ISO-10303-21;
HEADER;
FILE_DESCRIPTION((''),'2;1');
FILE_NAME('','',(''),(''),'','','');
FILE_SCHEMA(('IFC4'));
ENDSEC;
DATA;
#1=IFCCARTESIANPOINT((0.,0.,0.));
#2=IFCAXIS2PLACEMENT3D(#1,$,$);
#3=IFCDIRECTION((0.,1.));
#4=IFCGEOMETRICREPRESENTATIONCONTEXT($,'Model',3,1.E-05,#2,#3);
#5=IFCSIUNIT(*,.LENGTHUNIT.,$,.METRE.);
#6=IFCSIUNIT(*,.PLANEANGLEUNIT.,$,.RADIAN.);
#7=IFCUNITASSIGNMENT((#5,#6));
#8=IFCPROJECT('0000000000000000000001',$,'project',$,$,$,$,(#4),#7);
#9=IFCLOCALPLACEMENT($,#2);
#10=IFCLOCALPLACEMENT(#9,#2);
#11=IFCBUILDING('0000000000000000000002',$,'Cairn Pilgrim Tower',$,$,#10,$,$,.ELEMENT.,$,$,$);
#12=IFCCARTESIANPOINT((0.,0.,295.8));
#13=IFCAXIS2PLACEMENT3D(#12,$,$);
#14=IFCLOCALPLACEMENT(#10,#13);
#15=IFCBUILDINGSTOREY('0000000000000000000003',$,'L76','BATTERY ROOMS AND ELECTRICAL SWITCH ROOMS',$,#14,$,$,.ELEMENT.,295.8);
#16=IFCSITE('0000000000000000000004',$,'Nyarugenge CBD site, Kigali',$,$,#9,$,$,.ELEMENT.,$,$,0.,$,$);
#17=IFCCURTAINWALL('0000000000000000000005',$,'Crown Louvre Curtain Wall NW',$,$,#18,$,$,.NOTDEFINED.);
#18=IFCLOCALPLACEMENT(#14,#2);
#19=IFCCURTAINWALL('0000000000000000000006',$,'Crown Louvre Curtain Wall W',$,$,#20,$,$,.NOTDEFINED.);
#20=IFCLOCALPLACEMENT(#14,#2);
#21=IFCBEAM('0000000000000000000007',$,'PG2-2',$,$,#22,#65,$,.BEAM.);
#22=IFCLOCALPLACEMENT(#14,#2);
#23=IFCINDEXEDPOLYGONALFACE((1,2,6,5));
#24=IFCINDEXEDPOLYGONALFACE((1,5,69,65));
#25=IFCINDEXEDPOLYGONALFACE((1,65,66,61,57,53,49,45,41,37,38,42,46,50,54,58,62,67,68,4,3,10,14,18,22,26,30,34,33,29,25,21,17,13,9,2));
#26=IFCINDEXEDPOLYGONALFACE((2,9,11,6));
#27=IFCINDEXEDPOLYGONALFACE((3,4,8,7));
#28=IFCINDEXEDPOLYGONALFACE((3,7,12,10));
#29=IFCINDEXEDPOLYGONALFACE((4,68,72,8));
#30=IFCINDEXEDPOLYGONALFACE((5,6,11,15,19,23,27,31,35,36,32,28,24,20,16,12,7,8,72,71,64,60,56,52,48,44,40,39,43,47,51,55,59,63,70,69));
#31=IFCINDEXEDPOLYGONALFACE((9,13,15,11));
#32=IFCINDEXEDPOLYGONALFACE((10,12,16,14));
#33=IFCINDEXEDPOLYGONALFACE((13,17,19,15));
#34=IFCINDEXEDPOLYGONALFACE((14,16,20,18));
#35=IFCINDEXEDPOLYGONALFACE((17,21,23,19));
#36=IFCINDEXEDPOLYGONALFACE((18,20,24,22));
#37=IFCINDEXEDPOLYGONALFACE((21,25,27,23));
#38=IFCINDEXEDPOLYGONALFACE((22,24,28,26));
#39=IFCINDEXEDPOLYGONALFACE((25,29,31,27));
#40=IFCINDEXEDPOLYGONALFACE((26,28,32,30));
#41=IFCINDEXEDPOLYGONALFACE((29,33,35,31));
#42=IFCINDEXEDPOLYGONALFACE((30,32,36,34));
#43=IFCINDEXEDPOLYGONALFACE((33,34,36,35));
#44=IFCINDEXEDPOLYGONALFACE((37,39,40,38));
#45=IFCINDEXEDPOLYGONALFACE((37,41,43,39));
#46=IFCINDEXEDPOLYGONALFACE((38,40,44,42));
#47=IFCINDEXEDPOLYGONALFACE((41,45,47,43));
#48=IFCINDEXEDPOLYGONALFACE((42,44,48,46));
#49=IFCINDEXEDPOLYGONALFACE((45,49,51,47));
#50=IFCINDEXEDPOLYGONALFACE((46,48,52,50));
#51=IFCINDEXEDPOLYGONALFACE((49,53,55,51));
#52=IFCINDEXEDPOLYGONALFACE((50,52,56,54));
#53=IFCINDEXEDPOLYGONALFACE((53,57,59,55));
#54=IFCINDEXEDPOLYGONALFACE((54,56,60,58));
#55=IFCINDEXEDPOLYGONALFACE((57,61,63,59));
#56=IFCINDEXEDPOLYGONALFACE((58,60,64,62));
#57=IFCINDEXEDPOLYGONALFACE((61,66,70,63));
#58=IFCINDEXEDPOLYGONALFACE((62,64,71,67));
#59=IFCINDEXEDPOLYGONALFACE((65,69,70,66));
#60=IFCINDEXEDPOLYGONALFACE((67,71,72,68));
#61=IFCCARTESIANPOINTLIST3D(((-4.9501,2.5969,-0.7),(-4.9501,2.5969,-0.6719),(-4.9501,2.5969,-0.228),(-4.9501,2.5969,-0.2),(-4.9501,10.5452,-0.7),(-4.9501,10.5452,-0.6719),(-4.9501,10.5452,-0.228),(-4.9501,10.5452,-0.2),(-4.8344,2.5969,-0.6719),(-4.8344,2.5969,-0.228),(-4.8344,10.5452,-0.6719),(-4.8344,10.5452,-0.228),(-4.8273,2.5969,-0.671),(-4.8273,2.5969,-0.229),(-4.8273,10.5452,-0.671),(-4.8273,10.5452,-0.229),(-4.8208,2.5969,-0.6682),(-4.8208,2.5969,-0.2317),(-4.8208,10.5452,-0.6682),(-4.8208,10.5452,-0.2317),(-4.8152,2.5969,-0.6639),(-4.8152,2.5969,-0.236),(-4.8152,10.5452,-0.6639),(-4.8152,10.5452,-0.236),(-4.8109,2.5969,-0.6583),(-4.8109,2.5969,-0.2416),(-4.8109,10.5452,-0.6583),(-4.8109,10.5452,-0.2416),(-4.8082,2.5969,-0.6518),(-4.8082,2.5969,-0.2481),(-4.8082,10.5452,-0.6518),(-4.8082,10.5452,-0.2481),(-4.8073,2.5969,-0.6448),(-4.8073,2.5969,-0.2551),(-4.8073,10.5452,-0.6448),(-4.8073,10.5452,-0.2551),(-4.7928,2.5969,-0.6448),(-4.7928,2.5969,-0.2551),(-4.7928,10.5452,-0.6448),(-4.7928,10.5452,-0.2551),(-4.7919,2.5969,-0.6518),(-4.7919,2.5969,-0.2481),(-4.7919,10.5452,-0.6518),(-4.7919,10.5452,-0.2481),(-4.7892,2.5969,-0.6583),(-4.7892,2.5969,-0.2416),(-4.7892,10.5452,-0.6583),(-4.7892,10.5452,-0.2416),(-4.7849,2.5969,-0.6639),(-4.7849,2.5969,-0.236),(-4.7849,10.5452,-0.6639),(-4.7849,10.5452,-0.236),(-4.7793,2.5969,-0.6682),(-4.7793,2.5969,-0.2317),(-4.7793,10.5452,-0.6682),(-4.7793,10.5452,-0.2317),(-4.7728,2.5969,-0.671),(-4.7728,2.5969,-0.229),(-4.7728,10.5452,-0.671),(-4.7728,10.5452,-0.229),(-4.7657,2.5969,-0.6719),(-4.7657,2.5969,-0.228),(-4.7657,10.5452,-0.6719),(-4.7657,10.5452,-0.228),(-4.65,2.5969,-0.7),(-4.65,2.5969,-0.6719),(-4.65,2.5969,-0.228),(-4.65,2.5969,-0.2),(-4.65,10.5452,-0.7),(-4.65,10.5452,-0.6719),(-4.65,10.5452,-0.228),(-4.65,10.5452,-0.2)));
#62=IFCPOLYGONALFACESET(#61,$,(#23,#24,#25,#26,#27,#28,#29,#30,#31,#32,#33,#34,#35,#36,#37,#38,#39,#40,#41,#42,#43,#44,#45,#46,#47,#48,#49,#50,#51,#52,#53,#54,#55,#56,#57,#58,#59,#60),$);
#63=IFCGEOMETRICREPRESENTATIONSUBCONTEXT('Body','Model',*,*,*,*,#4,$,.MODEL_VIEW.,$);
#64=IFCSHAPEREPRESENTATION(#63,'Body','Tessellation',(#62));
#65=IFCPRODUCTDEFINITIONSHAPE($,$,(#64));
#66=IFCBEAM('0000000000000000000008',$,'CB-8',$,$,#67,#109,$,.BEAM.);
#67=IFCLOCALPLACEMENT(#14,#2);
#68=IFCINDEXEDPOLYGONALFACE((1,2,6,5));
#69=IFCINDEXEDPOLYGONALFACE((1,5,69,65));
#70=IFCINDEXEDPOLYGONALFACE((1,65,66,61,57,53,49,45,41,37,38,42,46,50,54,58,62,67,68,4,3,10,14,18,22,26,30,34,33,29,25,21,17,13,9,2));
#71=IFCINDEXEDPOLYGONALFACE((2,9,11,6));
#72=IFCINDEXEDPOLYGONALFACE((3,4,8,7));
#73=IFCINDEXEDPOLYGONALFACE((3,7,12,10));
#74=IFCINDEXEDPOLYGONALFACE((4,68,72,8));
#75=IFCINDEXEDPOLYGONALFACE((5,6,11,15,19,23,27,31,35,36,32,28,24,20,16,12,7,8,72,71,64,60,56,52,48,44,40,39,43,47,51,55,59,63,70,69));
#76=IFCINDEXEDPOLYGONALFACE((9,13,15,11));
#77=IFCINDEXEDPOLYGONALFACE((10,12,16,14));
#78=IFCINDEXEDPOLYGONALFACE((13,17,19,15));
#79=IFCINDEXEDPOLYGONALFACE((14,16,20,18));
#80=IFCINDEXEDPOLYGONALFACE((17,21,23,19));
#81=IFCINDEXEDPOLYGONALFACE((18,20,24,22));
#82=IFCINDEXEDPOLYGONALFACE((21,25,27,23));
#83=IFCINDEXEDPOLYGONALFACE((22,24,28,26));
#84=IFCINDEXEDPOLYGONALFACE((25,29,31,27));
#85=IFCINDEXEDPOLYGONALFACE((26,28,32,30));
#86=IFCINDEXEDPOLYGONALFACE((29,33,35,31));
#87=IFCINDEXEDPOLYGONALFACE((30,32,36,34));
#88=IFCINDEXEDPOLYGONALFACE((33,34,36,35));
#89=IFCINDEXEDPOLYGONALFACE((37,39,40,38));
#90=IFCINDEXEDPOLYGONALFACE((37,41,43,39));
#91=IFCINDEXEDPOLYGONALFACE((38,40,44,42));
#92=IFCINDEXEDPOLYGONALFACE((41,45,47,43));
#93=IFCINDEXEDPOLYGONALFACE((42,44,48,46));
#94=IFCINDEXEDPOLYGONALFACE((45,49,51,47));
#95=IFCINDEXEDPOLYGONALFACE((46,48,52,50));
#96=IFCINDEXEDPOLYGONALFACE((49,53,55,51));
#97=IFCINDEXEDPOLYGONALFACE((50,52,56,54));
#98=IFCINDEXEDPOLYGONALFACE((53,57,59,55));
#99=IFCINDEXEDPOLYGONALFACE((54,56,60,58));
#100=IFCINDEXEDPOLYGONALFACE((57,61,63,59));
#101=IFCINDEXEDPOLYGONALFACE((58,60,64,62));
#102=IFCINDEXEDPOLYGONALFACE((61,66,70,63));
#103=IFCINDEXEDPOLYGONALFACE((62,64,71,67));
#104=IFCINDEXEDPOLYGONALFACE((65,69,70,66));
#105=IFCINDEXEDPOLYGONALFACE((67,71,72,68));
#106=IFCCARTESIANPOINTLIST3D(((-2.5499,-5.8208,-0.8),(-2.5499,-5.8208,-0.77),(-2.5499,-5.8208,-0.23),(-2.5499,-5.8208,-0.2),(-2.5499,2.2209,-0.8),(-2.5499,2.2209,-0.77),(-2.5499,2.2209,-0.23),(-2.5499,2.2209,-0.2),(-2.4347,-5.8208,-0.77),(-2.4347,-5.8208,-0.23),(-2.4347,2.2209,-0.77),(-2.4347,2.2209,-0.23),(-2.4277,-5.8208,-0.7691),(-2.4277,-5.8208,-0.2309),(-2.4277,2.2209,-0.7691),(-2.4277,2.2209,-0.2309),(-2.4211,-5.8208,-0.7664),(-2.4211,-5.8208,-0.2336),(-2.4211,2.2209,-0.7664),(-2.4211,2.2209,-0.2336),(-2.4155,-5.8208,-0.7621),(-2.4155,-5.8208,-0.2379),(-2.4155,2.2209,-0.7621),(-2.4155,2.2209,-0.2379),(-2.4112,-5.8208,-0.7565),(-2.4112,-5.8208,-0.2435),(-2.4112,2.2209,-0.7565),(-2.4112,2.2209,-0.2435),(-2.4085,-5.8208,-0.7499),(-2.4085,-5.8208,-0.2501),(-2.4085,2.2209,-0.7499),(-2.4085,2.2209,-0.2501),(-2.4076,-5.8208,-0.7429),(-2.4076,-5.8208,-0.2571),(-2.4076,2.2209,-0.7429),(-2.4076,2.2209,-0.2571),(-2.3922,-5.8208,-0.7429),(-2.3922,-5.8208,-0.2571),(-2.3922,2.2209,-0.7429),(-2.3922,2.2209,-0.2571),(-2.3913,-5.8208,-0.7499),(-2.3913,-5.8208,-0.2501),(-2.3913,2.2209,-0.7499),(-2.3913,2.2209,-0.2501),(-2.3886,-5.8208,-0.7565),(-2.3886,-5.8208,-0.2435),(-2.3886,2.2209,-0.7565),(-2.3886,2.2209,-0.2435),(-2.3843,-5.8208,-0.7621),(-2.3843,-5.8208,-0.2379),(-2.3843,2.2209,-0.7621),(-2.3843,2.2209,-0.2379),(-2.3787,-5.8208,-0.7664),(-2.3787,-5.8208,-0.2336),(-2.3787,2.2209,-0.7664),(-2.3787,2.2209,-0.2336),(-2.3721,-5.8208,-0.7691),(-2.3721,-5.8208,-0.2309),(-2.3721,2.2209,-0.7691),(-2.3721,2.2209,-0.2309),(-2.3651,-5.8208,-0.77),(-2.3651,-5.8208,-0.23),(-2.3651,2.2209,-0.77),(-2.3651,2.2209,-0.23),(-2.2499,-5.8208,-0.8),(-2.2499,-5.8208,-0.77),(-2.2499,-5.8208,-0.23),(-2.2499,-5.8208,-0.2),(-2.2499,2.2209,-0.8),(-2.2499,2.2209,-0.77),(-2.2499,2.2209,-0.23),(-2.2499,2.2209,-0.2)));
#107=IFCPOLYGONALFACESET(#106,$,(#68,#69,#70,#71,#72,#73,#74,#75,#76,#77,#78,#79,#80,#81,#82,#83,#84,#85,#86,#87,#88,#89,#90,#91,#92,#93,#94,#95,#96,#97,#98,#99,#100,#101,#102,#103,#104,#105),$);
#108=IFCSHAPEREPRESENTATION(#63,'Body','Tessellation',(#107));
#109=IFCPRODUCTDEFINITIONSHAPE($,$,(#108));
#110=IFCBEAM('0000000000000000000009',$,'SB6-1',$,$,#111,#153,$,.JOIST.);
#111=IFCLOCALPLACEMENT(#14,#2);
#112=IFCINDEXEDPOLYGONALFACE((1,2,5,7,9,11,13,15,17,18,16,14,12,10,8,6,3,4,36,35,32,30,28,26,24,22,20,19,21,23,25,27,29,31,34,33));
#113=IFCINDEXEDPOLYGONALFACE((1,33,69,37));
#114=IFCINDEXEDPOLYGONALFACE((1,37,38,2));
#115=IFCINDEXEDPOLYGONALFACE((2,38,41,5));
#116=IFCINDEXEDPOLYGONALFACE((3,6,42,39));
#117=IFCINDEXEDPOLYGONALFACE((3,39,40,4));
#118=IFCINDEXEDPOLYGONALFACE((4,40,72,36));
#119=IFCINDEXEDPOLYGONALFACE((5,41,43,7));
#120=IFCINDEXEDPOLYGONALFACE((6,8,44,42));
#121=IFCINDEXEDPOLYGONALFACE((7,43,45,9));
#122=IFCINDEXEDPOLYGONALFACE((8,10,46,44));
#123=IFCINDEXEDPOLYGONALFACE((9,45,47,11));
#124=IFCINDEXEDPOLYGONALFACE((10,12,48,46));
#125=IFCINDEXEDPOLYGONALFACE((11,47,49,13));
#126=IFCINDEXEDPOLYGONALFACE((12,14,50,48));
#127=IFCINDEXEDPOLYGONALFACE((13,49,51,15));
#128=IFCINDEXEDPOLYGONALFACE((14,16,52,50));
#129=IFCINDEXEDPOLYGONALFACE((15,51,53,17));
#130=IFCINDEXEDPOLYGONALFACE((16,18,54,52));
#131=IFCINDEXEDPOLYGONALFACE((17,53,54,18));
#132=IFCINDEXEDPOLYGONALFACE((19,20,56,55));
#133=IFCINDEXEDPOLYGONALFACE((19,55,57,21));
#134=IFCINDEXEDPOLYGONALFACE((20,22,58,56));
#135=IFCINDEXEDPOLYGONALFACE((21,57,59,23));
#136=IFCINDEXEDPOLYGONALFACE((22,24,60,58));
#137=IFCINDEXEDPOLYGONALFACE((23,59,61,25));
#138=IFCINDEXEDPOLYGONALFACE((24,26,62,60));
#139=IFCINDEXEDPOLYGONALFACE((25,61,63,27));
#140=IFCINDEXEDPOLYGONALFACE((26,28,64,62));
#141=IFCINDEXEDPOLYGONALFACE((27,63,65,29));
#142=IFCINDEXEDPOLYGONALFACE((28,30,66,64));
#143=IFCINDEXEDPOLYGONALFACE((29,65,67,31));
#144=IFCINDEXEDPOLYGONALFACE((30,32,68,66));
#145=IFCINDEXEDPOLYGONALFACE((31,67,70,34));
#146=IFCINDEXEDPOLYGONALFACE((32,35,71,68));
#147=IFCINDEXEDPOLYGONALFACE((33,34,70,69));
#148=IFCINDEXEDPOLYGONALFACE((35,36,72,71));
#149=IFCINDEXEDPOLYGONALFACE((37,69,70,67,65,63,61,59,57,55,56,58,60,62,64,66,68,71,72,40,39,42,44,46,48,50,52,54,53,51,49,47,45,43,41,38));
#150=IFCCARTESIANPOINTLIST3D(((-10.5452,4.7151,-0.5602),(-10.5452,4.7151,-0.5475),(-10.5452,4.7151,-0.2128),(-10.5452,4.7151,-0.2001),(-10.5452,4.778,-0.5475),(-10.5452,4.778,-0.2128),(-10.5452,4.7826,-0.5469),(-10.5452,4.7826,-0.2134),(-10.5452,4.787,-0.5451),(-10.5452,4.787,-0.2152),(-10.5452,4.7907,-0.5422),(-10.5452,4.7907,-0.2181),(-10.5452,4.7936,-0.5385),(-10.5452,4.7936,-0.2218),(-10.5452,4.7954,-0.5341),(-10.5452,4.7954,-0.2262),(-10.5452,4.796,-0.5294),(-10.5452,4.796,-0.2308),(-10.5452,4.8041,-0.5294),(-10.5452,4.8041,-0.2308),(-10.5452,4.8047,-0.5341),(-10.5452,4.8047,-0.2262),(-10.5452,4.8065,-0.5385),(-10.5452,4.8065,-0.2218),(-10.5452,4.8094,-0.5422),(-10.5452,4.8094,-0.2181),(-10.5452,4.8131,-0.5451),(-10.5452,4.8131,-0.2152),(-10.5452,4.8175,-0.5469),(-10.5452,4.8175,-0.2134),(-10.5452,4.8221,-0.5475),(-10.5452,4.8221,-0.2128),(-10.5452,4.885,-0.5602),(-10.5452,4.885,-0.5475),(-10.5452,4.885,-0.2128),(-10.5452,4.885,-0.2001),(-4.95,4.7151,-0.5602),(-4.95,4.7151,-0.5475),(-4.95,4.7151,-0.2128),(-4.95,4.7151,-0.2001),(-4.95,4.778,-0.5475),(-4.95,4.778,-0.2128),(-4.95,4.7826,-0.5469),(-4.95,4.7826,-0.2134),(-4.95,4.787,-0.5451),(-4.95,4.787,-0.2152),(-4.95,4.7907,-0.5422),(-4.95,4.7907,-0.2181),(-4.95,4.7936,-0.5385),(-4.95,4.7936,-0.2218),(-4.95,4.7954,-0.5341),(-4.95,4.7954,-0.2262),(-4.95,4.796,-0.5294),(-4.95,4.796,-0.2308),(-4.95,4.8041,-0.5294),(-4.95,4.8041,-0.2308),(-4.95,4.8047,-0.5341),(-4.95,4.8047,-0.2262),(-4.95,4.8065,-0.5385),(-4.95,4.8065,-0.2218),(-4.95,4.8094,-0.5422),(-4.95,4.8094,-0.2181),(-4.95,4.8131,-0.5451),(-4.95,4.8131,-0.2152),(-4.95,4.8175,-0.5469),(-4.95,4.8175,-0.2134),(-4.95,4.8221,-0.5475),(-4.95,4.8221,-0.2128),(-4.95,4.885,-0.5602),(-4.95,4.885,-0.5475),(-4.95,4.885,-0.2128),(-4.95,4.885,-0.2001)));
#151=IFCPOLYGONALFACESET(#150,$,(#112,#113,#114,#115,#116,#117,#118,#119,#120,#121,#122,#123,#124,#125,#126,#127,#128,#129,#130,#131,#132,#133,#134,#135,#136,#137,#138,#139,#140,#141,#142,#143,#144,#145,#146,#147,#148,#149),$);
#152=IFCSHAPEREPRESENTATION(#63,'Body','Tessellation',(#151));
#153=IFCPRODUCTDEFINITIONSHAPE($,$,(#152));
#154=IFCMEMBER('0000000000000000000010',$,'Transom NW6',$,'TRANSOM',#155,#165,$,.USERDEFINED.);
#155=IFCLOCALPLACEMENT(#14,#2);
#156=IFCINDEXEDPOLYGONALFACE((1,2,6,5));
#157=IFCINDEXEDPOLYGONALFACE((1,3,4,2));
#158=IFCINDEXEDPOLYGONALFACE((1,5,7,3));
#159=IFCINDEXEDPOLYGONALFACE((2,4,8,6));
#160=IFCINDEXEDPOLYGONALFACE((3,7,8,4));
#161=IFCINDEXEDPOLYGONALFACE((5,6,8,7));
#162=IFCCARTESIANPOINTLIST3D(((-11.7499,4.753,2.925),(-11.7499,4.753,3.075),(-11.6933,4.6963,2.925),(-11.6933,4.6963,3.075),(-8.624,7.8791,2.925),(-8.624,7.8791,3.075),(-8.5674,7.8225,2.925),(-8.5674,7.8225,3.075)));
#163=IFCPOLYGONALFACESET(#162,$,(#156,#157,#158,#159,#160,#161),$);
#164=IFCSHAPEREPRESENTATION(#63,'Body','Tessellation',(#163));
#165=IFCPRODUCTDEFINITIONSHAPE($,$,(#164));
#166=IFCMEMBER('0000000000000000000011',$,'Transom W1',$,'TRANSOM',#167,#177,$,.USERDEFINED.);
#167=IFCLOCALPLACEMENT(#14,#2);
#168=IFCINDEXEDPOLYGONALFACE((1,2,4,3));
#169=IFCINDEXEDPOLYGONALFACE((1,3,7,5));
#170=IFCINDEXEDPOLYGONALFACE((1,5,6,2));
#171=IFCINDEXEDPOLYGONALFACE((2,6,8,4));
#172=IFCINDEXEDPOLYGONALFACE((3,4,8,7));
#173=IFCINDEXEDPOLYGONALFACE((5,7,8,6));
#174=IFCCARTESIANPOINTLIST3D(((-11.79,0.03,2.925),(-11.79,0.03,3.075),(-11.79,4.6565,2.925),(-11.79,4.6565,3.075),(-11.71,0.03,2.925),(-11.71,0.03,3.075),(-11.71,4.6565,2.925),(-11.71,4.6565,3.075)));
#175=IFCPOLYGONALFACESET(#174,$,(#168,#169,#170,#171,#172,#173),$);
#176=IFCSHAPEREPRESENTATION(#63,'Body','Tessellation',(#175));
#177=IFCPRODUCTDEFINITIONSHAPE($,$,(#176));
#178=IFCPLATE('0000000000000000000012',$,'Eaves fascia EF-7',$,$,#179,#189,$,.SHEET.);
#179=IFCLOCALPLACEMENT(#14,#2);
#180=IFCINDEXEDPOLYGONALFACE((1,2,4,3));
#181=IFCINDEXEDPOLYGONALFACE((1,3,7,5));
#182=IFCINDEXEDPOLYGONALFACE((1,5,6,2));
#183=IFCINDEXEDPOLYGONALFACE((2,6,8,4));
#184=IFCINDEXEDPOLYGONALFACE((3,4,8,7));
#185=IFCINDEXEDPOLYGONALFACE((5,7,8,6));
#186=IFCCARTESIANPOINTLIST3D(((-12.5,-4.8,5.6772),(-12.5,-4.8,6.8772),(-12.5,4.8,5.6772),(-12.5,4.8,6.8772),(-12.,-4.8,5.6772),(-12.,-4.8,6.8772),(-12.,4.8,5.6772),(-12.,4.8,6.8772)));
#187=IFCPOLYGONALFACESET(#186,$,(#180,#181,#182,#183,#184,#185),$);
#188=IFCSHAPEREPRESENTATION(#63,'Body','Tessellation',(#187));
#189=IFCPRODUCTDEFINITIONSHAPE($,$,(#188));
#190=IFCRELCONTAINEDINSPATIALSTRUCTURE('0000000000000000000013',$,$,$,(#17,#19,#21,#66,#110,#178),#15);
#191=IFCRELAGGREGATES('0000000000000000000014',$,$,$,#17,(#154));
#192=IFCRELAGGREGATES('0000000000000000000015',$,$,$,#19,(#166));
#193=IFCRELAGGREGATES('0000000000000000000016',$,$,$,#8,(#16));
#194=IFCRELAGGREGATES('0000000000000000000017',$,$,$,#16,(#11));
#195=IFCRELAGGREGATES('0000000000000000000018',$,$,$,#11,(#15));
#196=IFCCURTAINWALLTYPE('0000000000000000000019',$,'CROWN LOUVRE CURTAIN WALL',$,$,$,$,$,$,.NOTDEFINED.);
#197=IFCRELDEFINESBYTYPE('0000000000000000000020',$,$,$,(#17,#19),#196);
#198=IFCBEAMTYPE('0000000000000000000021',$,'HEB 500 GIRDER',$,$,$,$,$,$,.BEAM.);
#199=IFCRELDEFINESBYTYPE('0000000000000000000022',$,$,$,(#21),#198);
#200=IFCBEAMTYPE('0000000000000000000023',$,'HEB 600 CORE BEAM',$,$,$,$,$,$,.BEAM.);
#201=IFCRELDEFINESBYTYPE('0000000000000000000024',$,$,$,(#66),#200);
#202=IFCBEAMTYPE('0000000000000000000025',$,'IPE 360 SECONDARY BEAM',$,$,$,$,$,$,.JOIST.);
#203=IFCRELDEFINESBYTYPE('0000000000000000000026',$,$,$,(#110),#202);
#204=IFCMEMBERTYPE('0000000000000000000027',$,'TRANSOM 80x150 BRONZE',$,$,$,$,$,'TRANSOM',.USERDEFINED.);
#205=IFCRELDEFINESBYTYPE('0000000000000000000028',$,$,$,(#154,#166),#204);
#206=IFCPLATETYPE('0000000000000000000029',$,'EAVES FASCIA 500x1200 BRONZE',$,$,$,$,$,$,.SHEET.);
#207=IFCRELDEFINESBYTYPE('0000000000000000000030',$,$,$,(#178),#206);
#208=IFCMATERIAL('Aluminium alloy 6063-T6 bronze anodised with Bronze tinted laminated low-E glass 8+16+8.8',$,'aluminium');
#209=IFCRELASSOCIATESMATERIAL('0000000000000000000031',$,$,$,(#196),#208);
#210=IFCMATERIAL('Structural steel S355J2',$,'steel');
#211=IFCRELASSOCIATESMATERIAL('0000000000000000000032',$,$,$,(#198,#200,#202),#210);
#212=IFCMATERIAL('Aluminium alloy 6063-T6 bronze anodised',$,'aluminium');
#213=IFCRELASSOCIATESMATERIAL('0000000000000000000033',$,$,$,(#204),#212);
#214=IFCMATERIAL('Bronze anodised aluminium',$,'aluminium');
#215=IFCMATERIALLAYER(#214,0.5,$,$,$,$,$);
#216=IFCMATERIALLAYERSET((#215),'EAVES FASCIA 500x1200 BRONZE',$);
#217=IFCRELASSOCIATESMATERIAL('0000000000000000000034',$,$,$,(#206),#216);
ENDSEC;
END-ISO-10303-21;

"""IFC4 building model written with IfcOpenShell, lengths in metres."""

from ifc_helpers import new_model, si_unit, direction, frame, origin, origin_2d, place, context, subcontext, project, spatial, polyline, rectangle, i_section, outline, extrude, material, layer, layer_set, material_profile, profile_set, type_object, element, aggregate, save


model = new_model("IFC4")

# Units and contexts
model_context = context("Model", 3, precision=1e-05, world=origin(), true_north=direction((0.0, 1.0)))
body_context = subcontext(model_context, "Body", "Model", "MODEL_VIEW")
ifc_project = project(units=[si_unit("LENGTHUNIT", "METRE"), si_unit("PLANEANGLEUNIT", "RADIAN")], contexts=[model_context])

# Site, building, storey
site_placement = place(None, origin())
site = spatial("IfcSite", under=ifc_project, at=site_placement, Name="Nyarugenge CBD site, Kigali", CompositionType="ELEMENT", RefElevation=0.0)
building_placement = place(site_placement, origin())
building = spatial("IfcBuilding", under=site, at=building_placement, Name="Cairn Pilgrim Tower", CompositionType="ELEMENT")
storey_placement = place(building_placement, frame((0.0, 0.0, 295.8)))
storey = spatial("IfcBuildingStorey", under=building, at=storey_placement, Name="L76", Description="BATTERY ROOMS AND ELECTRICAL SWITCH ROOMS", CompositionType="ELEMENT", Elevation=295.8)

# Shared definitions
ifc_material_1 = material(Name="Structural steel S355J2", Category="steel")

# Curtain walls
ifc_material_2 = material(Name="Aluminium alloy 6063-T6 bronze anodised with Bronze tinted laminated low-E glass 8+16+8.8", Category="aluminium")
curtain_wall_type = type_object("IfcCurtainWallType", Name="CROWN LOUVRE CURTAIN WALL", PredefinedType="NOTDEFINED", material=ifc_material_2)
curtain_wall_1_placement = place(storey_placement, origin())
curtain_wall_1 = element("IfcCurtainWall", 1, at=curtain_wall_1_placement, inside=storey, type_object=curtain_wall_type, Name="Crown Louvre Curtain Wall NW", PredefinedType="NOTDEFINED")
ifc_material_3 = material(Name="Aluminium alloy 6063-T6 bronze anodised", Category="aluminium")
curtain_wall_2_placement = place(storey_placement, origin())
curtain_wall_2 = element("IfcCurtainWall", 2, at=curtain_wall_2_placement, inside=storey, type_object=curtain_wall_type, Name="Crown Louvre Curtain Wall W", PredefinedType="NOTDEFINED")

# Beams
ifc_material_profile_1 = material_profile(ifc_material_1, i_section(OverallWidth=0.3, OverallDepth=0.5, WebThickness=0.0144, FlangeThickness=0.0281, FilletRadius=0.0271, at=origin_2d()), Name="HEB 500")
ifc_profile_set_1 = profile_set([ifc_material_profile_1], Name="Structural steel S355J2")
beam_type_1 = type_object("IfcBeamType", Name="HEB 500 GIRDER", PredefinedType="BEAM", material=ifc_profile_set_1)
beam_1_placement = place(storey_placement, frame((-4.8, 2.5969, -0.45), z_axis=(0.0, 1.0, 0.0), x_axis=(-1.0, 0.0, 0.0)))
element("IfcBeam", 3, at=beam_1_placement, inside=storey, type_object=beam_type_1, Name="PG2-2", PredefinedType="BEAM", context=body_context, shape_type="SweptSolid", body=[
    extrude(i_section(OverallWidth=0.3, OverallDepth=0.5, WebThickness=0.0144, FlangeThickness=0.0281, FilletRadius=0.0271, at=origin_2d()), origin(), (0.0, 0.0, 1.0), 7.9482),
])
ifc_material_profile_2 = material_profile(ifc_material_1, i_section(OverallWidth=0.3, OverallDepth=0.6001, WebThickness=0.0154, FlangeThickness=0.03, FilletRadius=0.0271, at=origin_2d()), Name="HEB 600")
ifc_profile_set_2 = profile_set([ifc_material_profile_2], Name="Structural steel S355J2")
beam_type_2 = type_object("IfcBeamType", Name="HEB 600 CORE BEAM", PredefinedType="BEAM", material=ifc_profile_set_2)
beam_2_placement = place(storey_placement, frame((-2.3999, 2.2209, -0.5), z_axis=(0.0, -1.0, 0.0), x_axis=(1.0, 0.0, 0.0)))
element("IfcBeam", 4, at=beam_2_placement, inside=storey, type_object=beam_type_2, Name="CB-8", PredefinedType="BEAM", context=body_context, shape_type="SweptSolid", body=[
    extrude(i_section(OverallWidth=0.3, OverallDepth=0.6001, WebThickness=0.0154, FlangeThickness=0.03, FilletRadius=0.0271, at=origin_2d()), origin(), (0.0, 0.0, 1.0), 8.0417),
])
ifc_material_profile_3 = material_profile(ifc_material_1, i_section(OverallWidth=0.1699, OverallDepth=0.3601, WebThickness=0.0081, FlangeThickness=0.0127, FilletRadius=0.0181, at=origin_2d()), Name="IPE 360")
ifc_profile_set_3 = profile_set([ifc_material_profile_3], Name="Structural steel S355J2")
beam_type_3 = type_object("IfcBeamType", Name="IPE 360 SECONDARY BEAM", PredefinedType="JOIST", material=ifc_profile_set_3)
beam_3_placement = place(storey_placement, frame((-10.5452, 4.8, -0.3801), z_axis=(1.0, 0.0, 0.0), x_axis=(0.0, 1.0, 0.0)))
element("IfcBeam", 5, at=beam_3_placement, inside=storey, type_object=beam_type_3, Name="SB6-1", PredefinedType="JOIST", context=body_context, shape_type="SweptSolid", body=[
    extrude(i_section(OverallWidth=0.1699, OverallDepth=0.3601, WebThickness=0.0081, FlangeThickness=0.0127, FilletRadius=0.0181, at=origin_2d()), origin(), (0.0, 0.0, 1.0), 5.5952),
])

# Members
ifc_material_profile_4 = material_profile(ifc_material_3, rectangle(XDim=0.0801, YDim=0.1499, at=origin_2d()), Name="TRANSOM 80x150 BRONZE")
ifc_profile_set_4 = profile_set([ifc_material_profile_4], Name="Aluminium alloy 6063-T6 bronze anodised")
member_type_1 = type_object("IfcMemberType", Name="TRANSOM 80x150 BRONZE", ElementType="TRANSOM", PredefinedType="USERDEFINED", material=ifc_profile_set_4)
member_1_placement = place(storey_placement, frame((-8.5957, 7.8508, 3.0), z_axis=(-0.707079, -0.707134, 0.0), x_axis=(0.707134, -0.707079, 0.0)))
member_1 = element("IfcMember", 6, at=member_1_placement, type_object=member_type_1, Name="Transom NW6", ObjectType="TRANSOM", PredefinedType="USERDEFINED", context=body_context, shape_type="SweptSolid", body=[
    extrude(rectangle(XDim=0.0801, YDim=0.1499, at=origin_2d()), origin(), (0.0, 0.0, 1.0), 4.4209),
])
member_2_placement = place(storey_placement, frame((-11.75, 4.6565, 3.0), z_axis=(0.0, -1.0, 0.0), x_axis=(1.0, 0.0, 0.0)))
member_2 = element("IfcMember", 7, at=member_2_placement, type_object=member_type_1, Name="Transom W1", ObjectType="TRANSOM", PredefinedType="USERDEFINED", context=body_context, shape_type="SweptSolid", body=[
    extrude(rectangle(XDim=0.0801, YDim=0.1499, at=origin_2d()), origin(), (0.0, 0.0, 1.0), 4.6265),
])

# Plate
ifc_material_4 = material(Name="Bronze anodised aluminium", Category="aluminium")
ifc_layer_1 = layer(ifc_material_4, 0.5)
ifc_layer_set_1 = layer_set([ifc_layer_1], Name="EAVES FASCIA 500x1200 BRONZE")
plate_type_1 = type_object("IfcPlateType", Name="EAVES FASCIA 500x1200 BRONZE", PredefinedType="SHEET", material=ifc_layer_set_1)
plate_1_placement = place(storey_placement, frame((-12.25, 4.8, 5.6772), z_axis=(0.0, 0.0, 1.0), x_axis=(0.0, -1.0, 0.0)))
element("IfcPlate", 8, at=plate_1_placement, inside=storey, type_object=plate_type_1, Name="Eaves fascia EF-7", PredefinedType="SHEET", context=body_context, shape_type="SweptSolid", body=[
    extrude(outline(polyline([(0.0, 0.0), (9.6001, 0.0), (9.6001, 1.2), (0.0, 1.2), (0.0, 0.0)])), frame((0.0, 0.25, 0.0), z_axis=(0.0, -1.0, 0.0), x_axis=(1.0, 0.0, 0.0)), (0.0, 0.0, 1.0), 0.5),
])

aggregate(curtain_wall_1, [member_1])
aggregate(curtain_wall_2, [member_2])

save(model, "model.ifc")
